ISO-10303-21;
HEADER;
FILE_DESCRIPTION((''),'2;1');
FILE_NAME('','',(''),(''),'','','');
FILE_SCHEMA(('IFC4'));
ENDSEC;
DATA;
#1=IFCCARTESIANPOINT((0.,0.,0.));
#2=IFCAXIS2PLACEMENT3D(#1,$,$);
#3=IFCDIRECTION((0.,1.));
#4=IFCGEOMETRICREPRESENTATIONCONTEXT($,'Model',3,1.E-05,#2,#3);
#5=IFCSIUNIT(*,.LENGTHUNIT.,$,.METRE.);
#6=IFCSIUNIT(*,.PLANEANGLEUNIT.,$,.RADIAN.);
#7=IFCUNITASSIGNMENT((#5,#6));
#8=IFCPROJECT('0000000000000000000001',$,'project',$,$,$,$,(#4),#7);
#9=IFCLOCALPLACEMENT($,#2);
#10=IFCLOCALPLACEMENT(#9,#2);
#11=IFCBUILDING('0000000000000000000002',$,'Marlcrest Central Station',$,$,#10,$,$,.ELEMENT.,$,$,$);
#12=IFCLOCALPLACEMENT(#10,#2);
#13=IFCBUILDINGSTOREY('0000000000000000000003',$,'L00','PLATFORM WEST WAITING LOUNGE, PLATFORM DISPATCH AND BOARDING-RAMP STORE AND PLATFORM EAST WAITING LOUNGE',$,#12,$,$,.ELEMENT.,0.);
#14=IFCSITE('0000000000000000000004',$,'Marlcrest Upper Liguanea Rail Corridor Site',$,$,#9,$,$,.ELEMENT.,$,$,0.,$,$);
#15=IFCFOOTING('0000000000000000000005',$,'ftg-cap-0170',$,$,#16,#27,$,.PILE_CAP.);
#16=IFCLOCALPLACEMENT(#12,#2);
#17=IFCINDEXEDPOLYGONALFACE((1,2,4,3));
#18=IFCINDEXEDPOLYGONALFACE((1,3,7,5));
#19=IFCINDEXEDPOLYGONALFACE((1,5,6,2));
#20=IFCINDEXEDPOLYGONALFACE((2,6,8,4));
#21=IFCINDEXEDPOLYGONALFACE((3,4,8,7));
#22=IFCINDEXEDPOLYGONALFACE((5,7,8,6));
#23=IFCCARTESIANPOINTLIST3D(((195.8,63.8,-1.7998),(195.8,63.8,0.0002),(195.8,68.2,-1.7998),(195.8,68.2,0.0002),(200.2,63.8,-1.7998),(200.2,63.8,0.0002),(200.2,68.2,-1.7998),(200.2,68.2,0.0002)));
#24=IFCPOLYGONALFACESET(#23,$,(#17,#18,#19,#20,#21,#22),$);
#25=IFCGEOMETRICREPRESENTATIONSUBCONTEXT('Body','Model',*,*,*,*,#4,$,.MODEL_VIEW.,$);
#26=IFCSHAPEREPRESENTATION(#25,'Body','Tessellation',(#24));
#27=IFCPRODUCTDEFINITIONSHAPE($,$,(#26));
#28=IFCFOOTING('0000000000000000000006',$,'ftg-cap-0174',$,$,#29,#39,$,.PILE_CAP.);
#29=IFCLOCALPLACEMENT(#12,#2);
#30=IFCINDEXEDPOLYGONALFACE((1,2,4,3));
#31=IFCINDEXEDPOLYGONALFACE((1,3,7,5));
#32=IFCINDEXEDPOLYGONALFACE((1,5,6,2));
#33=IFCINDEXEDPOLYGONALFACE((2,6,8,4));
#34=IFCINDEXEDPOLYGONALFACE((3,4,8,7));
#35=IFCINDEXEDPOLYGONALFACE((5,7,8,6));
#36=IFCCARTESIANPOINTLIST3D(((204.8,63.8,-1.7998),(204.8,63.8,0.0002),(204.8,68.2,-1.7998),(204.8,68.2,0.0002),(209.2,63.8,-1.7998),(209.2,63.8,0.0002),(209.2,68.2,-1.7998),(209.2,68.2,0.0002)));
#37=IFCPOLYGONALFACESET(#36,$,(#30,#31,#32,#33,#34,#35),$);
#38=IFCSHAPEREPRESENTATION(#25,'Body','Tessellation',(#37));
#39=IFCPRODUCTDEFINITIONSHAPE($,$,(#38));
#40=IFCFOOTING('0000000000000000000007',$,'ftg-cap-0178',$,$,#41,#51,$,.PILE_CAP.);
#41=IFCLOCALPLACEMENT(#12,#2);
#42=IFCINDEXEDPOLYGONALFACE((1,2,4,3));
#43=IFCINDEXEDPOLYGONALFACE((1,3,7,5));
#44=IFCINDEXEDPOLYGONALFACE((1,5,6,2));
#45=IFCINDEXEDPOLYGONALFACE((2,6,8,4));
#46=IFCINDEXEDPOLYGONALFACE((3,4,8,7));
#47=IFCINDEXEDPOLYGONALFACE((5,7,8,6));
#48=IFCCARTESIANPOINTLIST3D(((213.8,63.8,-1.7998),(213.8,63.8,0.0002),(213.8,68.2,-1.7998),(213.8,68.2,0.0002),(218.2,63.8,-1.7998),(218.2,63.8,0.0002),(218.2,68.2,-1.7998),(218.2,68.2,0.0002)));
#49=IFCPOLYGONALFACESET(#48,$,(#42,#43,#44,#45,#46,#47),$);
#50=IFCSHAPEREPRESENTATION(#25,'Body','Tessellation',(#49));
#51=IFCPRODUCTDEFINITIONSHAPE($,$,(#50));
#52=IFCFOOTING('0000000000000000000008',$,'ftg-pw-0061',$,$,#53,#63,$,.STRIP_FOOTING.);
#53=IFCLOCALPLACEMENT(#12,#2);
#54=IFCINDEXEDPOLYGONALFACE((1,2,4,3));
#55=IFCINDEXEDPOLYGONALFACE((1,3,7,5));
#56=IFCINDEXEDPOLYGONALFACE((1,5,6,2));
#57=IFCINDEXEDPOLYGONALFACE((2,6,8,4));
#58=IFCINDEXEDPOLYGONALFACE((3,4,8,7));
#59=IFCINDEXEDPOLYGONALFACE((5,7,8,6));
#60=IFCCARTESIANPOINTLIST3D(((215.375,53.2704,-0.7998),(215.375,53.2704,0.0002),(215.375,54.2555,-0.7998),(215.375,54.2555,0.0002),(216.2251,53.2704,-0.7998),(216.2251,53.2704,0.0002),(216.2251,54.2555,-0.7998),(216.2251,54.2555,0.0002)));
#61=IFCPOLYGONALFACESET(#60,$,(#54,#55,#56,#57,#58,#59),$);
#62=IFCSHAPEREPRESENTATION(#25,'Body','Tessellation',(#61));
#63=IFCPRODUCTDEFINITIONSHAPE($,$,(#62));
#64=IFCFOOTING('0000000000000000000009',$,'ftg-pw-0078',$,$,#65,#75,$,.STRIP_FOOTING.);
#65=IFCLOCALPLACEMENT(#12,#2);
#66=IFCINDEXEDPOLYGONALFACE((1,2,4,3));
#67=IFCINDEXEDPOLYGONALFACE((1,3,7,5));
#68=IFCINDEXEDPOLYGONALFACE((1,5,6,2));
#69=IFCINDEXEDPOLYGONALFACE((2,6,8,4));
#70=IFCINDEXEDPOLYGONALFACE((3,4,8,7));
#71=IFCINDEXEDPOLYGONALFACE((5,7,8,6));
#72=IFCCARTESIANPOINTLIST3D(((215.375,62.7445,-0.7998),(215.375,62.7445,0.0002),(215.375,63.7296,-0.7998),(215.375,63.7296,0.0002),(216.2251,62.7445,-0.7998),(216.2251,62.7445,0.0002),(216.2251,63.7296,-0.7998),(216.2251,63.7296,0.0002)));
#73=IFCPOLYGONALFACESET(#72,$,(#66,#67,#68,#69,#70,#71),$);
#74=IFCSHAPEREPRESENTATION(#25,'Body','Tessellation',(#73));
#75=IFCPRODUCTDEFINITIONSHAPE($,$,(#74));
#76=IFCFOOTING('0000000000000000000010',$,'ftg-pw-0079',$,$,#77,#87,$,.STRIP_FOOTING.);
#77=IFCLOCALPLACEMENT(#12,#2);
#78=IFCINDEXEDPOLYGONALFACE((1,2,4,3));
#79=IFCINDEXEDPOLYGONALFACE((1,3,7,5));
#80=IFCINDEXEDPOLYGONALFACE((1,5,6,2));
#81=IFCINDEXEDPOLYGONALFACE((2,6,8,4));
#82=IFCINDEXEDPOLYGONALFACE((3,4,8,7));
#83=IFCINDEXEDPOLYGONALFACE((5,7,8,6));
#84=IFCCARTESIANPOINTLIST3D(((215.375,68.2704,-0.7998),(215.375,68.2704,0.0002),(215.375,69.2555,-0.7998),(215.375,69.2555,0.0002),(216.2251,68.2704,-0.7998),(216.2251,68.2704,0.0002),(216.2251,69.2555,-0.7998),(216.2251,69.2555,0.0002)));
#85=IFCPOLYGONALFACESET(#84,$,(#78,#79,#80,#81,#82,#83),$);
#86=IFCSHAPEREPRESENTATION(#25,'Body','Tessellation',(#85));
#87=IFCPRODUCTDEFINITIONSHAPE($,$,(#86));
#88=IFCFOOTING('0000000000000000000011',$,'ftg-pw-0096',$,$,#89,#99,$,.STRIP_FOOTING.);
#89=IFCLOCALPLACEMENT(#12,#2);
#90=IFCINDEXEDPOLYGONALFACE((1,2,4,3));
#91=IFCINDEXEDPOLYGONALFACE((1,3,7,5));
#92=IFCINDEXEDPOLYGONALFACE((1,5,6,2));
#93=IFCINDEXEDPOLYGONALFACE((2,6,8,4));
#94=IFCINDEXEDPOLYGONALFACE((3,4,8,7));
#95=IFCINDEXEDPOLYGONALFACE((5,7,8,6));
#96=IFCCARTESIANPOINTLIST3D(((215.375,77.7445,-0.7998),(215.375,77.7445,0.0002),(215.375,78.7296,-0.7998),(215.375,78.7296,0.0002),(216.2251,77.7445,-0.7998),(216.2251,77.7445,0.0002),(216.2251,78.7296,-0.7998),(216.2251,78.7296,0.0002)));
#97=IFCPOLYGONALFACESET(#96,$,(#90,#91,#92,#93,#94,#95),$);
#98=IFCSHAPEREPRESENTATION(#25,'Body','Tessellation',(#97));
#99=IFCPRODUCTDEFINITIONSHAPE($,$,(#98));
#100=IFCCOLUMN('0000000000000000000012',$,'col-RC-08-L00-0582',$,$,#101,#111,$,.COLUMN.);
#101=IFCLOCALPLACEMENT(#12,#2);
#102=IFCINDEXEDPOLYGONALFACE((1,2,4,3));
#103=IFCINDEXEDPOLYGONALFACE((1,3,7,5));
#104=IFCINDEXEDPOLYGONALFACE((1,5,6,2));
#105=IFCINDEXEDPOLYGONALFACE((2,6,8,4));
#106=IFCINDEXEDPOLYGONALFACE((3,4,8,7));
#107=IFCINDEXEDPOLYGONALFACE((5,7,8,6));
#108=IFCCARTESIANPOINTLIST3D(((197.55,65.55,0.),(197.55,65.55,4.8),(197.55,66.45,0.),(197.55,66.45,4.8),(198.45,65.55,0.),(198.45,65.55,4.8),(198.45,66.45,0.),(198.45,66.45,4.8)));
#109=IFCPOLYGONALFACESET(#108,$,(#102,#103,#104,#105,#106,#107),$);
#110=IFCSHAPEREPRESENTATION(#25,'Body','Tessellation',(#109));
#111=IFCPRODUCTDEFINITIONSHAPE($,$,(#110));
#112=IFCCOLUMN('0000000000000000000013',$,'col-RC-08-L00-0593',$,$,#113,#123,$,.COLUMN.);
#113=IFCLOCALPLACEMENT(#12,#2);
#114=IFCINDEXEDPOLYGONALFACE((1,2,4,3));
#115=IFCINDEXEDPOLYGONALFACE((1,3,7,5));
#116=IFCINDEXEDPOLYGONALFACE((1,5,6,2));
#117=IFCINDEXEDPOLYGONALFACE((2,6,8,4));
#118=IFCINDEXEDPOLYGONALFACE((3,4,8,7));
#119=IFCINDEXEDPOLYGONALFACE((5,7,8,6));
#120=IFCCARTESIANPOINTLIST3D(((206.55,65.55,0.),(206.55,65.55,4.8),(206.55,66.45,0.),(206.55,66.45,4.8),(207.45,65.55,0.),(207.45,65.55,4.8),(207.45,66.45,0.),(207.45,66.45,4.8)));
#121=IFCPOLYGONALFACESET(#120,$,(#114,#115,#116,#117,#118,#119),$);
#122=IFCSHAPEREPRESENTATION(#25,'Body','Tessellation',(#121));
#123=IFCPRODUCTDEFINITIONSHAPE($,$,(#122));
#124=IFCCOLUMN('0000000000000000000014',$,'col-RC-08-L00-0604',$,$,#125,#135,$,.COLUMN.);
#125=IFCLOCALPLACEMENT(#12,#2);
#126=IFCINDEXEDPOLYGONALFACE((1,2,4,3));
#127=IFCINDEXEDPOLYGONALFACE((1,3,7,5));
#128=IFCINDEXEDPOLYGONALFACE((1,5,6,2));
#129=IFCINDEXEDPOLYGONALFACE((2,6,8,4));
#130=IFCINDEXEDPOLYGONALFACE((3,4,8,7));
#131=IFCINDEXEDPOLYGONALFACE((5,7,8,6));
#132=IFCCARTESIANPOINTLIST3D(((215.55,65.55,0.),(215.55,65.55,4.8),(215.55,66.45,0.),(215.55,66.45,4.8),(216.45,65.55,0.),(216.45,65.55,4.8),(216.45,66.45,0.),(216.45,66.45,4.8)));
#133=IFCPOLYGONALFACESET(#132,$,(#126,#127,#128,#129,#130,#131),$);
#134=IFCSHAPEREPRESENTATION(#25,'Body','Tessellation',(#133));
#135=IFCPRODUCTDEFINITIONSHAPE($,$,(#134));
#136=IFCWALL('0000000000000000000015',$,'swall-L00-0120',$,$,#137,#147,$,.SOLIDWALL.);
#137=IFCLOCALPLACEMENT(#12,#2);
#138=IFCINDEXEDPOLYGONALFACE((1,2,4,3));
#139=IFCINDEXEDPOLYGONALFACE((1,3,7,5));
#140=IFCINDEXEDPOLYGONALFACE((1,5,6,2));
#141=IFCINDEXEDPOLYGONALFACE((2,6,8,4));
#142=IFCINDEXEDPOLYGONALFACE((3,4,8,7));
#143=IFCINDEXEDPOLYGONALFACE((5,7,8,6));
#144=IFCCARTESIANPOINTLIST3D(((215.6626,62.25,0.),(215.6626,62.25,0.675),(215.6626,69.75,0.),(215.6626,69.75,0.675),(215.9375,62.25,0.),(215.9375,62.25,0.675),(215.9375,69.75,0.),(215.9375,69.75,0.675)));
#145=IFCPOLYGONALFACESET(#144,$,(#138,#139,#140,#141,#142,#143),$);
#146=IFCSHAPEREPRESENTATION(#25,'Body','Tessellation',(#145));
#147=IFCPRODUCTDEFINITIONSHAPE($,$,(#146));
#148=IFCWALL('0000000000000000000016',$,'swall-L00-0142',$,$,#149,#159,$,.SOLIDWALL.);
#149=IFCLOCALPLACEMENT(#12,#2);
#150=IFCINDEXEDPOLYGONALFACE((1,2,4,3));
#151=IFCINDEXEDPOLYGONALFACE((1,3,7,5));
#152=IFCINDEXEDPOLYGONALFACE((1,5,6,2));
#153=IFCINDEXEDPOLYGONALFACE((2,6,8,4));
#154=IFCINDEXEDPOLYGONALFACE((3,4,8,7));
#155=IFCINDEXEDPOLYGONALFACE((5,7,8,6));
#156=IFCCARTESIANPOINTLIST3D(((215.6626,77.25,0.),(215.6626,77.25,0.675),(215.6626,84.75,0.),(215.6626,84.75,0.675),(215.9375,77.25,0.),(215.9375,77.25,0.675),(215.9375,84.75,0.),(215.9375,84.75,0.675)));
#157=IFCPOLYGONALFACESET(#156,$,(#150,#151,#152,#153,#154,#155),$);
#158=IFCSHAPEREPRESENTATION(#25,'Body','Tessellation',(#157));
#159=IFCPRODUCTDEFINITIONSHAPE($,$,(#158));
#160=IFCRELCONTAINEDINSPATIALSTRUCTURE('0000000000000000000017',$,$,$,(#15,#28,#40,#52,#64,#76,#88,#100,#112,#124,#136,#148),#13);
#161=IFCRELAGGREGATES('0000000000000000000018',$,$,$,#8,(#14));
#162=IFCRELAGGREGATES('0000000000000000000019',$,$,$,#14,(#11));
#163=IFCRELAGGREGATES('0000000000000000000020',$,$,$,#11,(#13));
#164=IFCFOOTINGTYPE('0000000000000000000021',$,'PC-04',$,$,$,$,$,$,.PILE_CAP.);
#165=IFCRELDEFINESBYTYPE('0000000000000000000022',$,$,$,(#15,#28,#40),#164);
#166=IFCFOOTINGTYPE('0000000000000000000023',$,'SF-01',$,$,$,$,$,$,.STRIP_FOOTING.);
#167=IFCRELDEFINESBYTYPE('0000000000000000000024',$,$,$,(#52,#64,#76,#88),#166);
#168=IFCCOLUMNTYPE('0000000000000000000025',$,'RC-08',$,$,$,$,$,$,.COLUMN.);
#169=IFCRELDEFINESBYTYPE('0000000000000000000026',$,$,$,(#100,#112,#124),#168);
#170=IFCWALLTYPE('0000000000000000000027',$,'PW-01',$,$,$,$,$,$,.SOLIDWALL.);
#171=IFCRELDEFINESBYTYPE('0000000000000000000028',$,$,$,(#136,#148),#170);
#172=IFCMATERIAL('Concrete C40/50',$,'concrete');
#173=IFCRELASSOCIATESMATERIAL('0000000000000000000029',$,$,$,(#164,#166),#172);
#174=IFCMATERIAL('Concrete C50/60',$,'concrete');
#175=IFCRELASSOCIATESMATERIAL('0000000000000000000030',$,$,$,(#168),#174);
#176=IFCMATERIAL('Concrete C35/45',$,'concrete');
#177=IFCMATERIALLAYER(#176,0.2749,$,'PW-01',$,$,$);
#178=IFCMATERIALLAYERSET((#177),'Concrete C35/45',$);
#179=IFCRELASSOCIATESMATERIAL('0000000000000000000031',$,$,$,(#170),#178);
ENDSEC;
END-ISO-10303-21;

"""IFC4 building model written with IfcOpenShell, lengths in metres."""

from ifc_helpers import new_model, si_unit, direction, frame, frame_2d, origin, origin_2d, place, context, subcontext, project, spatial, rectangle, extrude, material, layer, layer_set, material_profile, profile_set, type_object, element, save


model = new_model("IFC4")

# Units and contexts
model_context = context("Model", 3, precision=1e-05, world=origin(), true_north=direction((0.0, 1.0)))
body_context = subcontext(model_context, "Body", "Model", "MODEL_VIEW")
ifc_project = project(units=[si_unit("LENGTHUNIT", "METRE"), si_unit("PLANEANGLEUNIT", "RADIAN")], contexts=[model_context])

# Site, building, storey
site_placement = place(None, origin())
site = spatial("IfcSite", under=ifc_project, at=site_placement, Name="Marlcrest Upper Liguanea Rail Corridor Site", CompositionType="ELEMENT", RefElevation=0.0)
building_placement = place(site_placement, origin())
building = spatial("IfcBuilding", under=site, at=building_placement, Name="Marlcrest Central Station", CompositionType="ELEMENT")
storey_placement = place(building_placement, origin())
storey = spatial("IfcBuildingStorey", under=building, at=storey_placement, Name="L00", Description="PLATFORM WEST WAITING LOUNGE, PLATFORM DISPATCH AND BOARDING-RAMP STORE AND PLATFORM EAST WAITING LOUNGE", CompositionType="ELEMENT", Elevation=0.0)

# Shared definitions
ifc_material_1 = material(Name="Concrete C35/45", Category="concrete")

# Footings
ifc_material_2 = material(Name="Concrete C40/50", Category="concrete")
footing_type_1 = type_object("IfcFootingType", Name="PC-04", PredefinedType="PILE_CAP", material=ifc_material_2)
for number, where, z_axis, x_axis, name in (
    (1, (198.0, 66.0, -1.7998), (0.0, 0.0, 1.0), (1.0, 0.0, 0.0), "ftg-cap-0170"),
    (2, (207.0, 66.0, -1.7998), (0.0, 0.0, 1.0), (1.0, 0.0, 0.0), "ftg-cap-0174"),
    (3, (216.0, 66.0, -1.7998), (0.0, 0.0, 1.0), (1.0, 0.0, 0.0), "ftg-cap-0178"),
):
    element("IfcFooting", number, at=place(storey_placement, frame(where, z_axis=z_axis, x_axis=x_axis)), inside=storey, type_object=footing_type_1, Name=name, PredefinedType="PILE_CAP", context=body_context, shape_type="SweptSolid", body=[
        extrude(rectangle(XDim=4.3999, YDim=4.3999, at=origin_2d()), origin(), (0.0, 0.0, 1.0), 1.8),
    ])
footing_type_2 = type_object("IfcFootingType", Name="SF-01", PredefinedType="STRIP_FOOTING", material=ifc_material_2)
for number, where, z_axis, x_axis, name in (
    (4, (215.8, 53.7629, -0.7998), (0.0, 0.0, 1.0), (1.0, 0.0, 0.0), "ftg-pw-0061"),
    (5, (215.8, 63.2371, -0.7998), (0.0, 0.0, 1.0), (1.0, 0.0, 0.0), "ftg-pw-0078"),
    (6, (215.8, 68.7629, -0.7998), (0.0, 0.0, 1.0), (1.0, 0.0, 0.0), "ftg-pw-0079"),
    (7, (215.8, 78.2371, -0.7998), (0.0, 0.0, 1.0), (1.0, 0.0, 0.0), "ftg-pw-0096"),
):
    element("IfcFooting", number, at=place(storey_placement, frame(where, z_axis=z_axis, x_axis=x_axis)), inside=storey, type_object=footing_type_2, Name=name, PredefinedType="STRIP_FOOTING", context=body_context, shape_type="SweptSolid", body=[
        extrude(rectangle(XDim=0.8501, YDim=0.9851, at=origin_2d()), origin(), (0.0, 0.0, 1.0), 0.8),
    ])

# Columns
ifc_material_3 = material(Name="Concrete C50/60", Category="concrete")
ifc_material_profile_1 = material_profile(ifc_material_3, rectangle(XDim=0.8999, YDim=0.8999, at=origin_2d()), Name="RC 900x900")
ifc_profile_set_1 = profile_set([ifc_material_profile_1], Name="Concrete C50/60")
column_type = type_object("IfcColumnType", Name="RC-08", PredefinedType="COLUMN", material=ifc_profile_set_1)
for number, where, z_axis, x_axis, name in (
    (8, (198.0, 66.0, 0.0), (0.0, 0.0, 1.0), (1.0, 0.0, 0.0), "col-RC-08-L00-0582"),
    (9, (207.0, 66.0, 0.0), (0.0, 0.0, 1.0), (1.0, 0.0, 0.0), "col-RC-08-L00-0593"),
    (10, (216.0, 66.0, 0.0), (0.0, 0.0, 1.0), (1.0, 0.0, 0.0), "col-RC-08-L00-0604"),
):
    element("IfcColumn", number, at=place(storey_placement, frame(where, z_axis=z_axis, x_axis=x_axis)), inside=storey, type_object=column_type, Name=name, PredefinedType="COLUMN", context=body_context, shape_type="SweptSolid", body=[
        extrude(rectangle(XDim=0.8999, YDim=0.8999, at=origin_2d()), origin(), (0.0, 0.0, 1.0), 4.8),
    ])

# Walls
ifc_layer = layer(ifc_material_1, 0.2749, Name="PW-01")
ifc_layer_set = layer_set([ifc_layer], Name="Concrete C35/45")
wall_type = type_object("IfcWallType", Name="PW-01", PredefinedType="SOLIDWALL", material=ifc_layer_set)
for number, where, z_axis, x_axis, name in (
    (11, (215.8, 62.25, 0.0), (0.0, 0.0, 1.0), (0.0, 1.0, 0.0), "swall-L00-0120"),
    (12, (215.8, 77.25, 0.0), (0.0, 0.0, 1.0), (0.0, 1.0, 0.0), "swall-L00-0142"),
):
    element("IfcWall", number, at=place(storey_placement, frame(where, z_axis=z_axis, x_axis=x_axis)), inside=storey, type_object=wall_type, Name=name, PredefinedType="SOLIDWALL", context=body_context, shape_type="SweptSolid", body=[
        extrude(rectangle(XDim=7.5, YDim=0.2749, at=frame_2d((3.75, 0.0))), origin(), (0.0, 0.0, 1.0), 0.675),
    ])

save(model, "model.ifc")
